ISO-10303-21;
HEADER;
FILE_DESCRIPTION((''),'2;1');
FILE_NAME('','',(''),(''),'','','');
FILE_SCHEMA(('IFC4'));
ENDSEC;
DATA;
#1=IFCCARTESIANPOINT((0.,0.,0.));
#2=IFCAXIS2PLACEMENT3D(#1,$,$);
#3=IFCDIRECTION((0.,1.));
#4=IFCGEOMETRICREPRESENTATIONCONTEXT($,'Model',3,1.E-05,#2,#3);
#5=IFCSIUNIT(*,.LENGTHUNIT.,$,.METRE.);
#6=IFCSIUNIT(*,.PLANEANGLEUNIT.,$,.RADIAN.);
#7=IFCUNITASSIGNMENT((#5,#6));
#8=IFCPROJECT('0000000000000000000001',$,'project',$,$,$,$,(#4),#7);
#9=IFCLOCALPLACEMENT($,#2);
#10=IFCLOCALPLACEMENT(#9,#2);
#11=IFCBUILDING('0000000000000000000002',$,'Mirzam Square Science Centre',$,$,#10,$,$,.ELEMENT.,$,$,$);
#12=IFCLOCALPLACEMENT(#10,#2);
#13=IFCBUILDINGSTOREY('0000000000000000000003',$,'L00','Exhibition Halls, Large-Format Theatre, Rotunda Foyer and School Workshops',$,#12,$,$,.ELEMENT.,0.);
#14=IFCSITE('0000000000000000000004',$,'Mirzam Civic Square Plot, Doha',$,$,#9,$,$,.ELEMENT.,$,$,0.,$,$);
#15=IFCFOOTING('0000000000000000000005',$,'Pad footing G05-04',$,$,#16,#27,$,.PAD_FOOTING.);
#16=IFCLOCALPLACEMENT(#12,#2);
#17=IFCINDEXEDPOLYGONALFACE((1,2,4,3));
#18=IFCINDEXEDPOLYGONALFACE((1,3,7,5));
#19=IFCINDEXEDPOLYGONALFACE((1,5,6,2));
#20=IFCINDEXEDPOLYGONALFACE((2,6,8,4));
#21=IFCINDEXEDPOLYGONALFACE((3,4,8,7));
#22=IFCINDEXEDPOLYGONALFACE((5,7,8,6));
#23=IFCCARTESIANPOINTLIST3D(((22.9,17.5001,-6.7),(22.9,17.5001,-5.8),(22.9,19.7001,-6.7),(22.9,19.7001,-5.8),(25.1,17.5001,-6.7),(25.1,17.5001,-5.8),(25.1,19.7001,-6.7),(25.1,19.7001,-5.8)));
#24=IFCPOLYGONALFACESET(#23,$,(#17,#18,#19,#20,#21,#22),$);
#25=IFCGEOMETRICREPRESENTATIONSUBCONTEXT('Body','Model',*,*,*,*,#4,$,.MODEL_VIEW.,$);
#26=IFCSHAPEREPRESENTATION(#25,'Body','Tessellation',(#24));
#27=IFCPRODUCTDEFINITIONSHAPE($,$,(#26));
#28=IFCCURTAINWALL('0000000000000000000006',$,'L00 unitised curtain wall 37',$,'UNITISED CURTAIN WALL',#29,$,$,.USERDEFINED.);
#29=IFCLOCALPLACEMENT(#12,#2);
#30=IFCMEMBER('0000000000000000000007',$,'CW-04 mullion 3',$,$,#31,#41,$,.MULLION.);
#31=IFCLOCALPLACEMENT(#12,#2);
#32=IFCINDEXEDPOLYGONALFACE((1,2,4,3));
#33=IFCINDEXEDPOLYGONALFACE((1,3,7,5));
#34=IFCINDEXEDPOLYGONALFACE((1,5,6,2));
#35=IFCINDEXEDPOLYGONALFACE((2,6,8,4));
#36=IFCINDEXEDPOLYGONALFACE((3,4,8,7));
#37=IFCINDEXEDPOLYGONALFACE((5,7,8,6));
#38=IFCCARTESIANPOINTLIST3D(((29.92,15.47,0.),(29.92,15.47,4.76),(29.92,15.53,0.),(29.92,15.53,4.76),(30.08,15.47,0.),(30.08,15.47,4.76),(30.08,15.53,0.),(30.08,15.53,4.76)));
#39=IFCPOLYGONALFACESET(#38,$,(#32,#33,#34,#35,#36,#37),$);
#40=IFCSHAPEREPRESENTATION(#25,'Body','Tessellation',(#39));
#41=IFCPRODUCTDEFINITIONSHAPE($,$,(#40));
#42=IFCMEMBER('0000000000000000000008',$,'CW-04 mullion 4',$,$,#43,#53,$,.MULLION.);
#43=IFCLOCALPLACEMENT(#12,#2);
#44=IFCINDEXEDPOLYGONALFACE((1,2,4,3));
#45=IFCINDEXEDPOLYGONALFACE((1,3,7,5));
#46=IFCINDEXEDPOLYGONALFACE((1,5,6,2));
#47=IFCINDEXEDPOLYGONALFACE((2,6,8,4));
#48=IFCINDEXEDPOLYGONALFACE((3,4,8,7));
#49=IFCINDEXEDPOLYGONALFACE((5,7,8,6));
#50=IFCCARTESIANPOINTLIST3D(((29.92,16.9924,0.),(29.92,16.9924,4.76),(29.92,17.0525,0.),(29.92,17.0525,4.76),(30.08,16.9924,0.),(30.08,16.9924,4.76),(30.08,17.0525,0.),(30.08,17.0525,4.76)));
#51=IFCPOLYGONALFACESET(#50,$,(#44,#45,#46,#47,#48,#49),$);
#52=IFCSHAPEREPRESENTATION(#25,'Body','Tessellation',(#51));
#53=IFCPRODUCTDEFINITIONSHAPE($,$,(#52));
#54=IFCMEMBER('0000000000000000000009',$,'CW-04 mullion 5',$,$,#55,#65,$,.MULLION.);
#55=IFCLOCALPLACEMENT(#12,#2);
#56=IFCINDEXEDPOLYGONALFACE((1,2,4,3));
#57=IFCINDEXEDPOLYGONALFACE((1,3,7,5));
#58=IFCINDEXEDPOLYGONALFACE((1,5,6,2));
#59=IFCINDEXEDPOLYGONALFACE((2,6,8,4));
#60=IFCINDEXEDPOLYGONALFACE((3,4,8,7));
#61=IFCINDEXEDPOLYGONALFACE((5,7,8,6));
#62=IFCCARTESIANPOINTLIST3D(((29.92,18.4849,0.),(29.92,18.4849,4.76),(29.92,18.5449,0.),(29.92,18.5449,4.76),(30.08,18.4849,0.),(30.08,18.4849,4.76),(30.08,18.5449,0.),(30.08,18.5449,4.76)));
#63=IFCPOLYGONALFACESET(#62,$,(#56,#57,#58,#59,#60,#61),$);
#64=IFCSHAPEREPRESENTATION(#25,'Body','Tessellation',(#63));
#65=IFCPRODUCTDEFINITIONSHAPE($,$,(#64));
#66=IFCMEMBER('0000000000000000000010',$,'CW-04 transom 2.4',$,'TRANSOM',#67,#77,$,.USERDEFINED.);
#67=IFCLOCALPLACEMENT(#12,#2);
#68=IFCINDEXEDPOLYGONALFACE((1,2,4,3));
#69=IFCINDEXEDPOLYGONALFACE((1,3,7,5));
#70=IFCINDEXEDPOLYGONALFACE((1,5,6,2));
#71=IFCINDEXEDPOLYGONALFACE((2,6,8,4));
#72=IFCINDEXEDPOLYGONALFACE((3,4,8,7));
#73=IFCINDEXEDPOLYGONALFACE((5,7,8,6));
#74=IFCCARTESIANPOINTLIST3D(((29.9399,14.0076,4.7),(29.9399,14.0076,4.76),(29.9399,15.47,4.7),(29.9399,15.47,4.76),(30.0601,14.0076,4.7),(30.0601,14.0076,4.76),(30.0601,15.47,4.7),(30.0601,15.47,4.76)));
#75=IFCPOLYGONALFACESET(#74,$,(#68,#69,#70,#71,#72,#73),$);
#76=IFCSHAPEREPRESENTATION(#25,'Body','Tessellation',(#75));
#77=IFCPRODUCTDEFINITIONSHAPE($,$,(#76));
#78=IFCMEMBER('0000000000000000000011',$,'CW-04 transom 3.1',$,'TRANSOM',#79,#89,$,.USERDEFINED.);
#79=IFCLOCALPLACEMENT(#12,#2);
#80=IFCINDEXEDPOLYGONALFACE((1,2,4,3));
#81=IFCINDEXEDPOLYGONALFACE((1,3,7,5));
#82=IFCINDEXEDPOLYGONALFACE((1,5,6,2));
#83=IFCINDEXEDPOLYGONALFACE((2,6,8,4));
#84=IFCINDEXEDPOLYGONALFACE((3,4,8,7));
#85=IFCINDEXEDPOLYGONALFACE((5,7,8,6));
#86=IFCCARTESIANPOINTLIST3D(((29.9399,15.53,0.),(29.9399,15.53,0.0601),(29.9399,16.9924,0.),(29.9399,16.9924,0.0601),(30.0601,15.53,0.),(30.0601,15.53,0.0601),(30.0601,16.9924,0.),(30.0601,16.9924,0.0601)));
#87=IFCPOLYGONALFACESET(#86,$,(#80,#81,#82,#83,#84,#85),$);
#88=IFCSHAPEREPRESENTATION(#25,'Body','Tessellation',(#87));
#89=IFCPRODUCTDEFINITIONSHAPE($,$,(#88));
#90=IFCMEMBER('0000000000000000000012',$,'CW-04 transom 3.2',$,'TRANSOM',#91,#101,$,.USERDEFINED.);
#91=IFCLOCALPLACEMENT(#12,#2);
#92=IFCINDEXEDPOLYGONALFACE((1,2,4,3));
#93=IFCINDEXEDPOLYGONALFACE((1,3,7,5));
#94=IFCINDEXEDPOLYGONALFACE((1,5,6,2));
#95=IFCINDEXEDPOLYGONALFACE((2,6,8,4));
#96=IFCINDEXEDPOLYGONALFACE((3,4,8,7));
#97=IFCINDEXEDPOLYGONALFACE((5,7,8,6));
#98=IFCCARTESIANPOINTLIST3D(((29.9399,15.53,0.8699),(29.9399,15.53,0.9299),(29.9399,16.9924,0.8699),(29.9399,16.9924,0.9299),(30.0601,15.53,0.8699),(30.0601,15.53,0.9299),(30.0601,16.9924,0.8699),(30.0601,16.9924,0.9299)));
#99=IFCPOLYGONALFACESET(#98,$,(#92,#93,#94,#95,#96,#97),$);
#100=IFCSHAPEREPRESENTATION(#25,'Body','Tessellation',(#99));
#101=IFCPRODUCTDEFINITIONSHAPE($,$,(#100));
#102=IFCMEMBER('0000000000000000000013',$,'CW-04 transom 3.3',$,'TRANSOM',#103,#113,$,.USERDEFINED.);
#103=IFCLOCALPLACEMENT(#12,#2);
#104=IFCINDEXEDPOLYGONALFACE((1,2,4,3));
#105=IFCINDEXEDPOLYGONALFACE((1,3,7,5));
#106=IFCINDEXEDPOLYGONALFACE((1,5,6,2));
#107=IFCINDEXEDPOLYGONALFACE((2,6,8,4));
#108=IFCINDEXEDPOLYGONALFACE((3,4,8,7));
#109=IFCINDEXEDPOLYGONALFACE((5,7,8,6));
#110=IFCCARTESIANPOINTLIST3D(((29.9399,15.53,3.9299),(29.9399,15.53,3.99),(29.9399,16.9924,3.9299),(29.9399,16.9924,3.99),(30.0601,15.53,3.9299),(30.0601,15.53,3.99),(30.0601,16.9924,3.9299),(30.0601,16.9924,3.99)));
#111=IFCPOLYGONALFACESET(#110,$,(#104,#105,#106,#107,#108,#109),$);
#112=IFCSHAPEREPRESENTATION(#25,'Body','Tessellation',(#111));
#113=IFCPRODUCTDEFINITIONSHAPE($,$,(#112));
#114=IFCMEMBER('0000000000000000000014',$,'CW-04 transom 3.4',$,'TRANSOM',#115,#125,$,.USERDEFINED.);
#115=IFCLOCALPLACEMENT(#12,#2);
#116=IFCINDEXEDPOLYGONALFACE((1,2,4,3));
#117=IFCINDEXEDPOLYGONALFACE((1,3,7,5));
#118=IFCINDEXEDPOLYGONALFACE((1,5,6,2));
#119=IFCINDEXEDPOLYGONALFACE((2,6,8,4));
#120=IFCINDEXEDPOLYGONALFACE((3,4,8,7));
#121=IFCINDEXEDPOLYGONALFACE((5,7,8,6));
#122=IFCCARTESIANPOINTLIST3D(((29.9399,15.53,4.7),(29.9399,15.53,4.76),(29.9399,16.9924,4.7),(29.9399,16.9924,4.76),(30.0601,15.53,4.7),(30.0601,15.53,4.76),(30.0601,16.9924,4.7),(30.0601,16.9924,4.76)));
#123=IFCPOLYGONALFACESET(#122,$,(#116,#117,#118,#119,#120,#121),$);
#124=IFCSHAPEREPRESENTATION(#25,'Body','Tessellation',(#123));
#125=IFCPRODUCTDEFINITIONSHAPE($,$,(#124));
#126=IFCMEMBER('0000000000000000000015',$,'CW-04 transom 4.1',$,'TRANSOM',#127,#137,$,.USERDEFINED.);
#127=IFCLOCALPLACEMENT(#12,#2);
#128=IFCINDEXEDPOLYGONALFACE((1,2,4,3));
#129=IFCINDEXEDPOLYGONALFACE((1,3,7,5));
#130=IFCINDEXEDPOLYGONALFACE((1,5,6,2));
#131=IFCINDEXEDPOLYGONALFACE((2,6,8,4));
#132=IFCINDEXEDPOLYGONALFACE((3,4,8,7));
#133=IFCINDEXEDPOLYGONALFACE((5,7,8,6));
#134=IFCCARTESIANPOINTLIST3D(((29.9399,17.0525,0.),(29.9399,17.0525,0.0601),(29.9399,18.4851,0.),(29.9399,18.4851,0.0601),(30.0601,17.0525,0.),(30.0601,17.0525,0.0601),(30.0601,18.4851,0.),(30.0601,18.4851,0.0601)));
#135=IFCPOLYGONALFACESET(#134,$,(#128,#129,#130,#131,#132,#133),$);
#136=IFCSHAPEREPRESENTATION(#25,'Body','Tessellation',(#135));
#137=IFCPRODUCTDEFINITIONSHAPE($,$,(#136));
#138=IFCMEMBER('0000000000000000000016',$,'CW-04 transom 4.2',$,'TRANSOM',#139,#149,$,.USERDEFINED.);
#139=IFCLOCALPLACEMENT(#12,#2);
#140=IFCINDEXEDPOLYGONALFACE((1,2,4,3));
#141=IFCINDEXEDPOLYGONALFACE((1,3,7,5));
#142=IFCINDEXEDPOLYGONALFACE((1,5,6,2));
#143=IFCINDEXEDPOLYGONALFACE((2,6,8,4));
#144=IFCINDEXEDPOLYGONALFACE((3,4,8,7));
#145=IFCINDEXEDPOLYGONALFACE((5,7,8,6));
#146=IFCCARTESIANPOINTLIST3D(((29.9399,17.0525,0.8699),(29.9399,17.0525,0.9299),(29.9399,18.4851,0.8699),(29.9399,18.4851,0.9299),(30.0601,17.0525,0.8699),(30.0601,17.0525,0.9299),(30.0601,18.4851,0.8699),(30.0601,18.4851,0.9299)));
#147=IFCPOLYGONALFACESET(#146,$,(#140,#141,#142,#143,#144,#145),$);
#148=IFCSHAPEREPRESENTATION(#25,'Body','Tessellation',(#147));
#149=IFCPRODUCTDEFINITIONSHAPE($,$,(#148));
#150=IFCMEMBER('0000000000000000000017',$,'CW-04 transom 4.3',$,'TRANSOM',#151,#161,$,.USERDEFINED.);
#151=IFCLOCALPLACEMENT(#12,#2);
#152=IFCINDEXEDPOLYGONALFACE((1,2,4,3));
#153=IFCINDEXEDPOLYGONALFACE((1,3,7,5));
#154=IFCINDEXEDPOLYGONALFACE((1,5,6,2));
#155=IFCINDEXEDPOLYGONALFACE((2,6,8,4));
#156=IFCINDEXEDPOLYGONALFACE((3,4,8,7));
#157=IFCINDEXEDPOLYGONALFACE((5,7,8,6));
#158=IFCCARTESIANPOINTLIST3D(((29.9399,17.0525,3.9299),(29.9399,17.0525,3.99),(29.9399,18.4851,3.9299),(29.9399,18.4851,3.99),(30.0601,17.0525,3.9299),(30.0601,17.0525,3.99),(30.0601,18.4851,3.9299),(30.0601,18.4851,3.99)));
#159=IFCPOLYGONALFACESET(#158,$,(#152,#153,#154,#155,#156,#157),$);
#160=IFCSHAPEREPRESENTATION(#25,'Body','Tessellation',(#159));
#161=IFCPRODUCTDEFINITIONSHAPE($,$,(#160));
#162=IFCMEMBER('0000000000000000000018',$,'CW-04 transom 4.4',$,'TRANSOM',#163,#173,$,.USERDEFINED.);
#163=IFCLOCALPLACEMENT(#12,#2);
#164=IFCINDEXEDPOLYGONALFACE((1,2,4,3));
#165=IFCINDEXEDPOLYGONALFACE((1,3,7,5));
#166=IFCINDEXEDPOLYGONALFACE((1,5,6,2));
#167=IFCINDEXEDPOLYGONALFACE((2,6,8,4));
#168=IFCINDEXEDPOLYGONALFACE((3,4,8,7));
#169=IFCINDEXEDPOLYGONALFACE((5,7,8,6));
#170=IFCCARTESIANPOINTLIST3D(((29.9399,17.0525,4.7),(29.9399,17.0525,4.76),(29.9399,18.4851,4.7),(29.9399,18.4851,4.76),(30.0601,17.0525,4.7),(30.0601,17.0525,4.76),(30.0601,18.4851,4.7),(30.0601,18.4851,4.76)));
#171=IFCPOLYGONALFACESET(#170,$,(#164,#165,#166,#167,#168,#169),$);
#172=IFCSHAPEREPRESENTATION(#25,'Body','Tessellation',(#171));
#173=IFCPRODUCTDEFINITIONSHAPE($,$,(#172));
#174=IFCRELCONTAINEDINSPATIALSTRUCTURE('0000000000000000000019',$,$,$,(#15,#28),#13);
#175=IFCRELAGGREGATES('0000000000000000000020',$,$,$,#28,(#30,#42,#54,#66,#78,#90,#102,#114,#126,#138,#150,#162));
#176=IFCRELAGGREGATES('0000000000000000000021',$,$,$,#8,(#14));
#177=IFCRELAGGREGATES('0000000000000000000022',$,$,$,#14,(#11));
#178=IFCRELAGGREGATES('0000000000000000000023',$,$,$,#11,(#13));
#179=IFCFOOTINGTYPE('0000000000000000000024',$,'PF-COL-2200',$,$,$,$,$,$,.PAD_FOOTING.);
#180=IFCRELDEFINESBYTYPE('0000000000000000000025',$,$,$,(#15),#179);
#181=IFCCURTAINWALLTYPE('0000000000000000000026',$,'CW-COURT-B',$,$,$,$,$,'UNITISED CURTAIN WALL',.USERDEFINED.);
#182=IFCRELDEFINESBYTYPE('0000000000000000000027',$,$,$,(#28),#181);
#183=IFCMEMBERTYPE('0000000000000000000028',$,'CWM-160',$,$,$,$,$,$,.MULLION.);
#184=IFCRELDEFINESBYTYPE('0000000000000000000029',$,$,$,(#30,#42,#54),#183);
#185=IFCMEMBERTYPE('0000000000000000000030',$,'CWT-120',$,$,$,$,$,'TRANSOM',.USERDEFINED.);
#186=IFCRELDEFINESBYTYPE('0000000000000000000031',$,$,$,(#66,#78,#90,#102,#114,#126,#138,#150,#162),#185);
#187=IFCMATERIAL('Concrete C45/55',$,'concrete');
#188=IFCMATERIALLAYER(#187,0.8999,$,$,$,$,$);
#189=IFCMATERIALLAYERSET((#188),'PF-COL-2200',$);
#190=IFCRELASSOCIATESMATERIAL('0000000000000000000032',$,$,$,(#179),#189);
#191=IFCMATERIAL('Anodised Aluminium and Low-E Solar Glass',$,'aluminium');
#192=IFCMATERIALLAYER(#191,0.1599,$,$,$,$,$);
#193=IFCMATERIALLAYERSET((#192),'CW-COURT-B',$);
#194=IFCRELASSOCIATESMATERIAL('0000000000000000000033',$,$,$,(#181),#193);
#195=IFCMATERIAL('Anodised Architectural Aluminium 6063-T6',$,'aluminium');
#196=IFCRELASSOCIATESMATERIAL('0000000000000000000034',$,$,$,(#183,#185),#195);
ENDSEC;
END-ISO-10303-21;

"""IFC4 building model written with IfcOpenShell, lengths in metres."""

from ifc_helpers import new_model, si_unit, direction, frame, origin, origin_2d, place, context, subcontext, project, spatial, rectangle, extrude, material, layer, layer_set, material_profile, profile_set, type_object, element, aggregate, save


model = new_model("IFC4")

# Units and contexts
model_context = context("Model", 3, precision=1e-05, world=origin(), true_north=direction((0.0, 1.0)))
body_context = subcontext(model_context, "Body", "Model", "MODEL_VIEW")
ifc_project = project(units=[si_unit("LENGTHUNIT", "METRE"), si_unit("PLANEANGLEUNIT", "RADIAN")], contexts=[model_context])

# Site, building, storey
site_placement = place(None, origin())
site = spatial("IfcSite", under=ifc_project, at=site_placement, Name="Mirzam Civic Square Plot, Doha", CompositionType="ELEMENT", RefElevation=0.0)
building_placement = place(site_placement, origin())
building = spatial("IfcBuilding", under=site, at=building_placement, Name="Mirzam Square Science Centre", CompositionType="ELEMENT")
storey_placement = place(building_placement, origin())
storey = spatial("IfcBuildingStorey", under=building, at=storey_placement, Name="L00", Description="Exhibition Halls, Large-Format Theatre, Rotunda Foyer and School Workshops", CompositionType="ELEMENT", Elevation=0.0)

# Footing
ifc_material_1 = material(Name="Concrete C45/55", Category="concrete")
ifc_layer_1 = layer(ifc_material_1, 0.8999)
ifc_layer_set_1 = layer_set([ifc_layer_1], Name="PF-COL-2200")
footing_type = type_object("IfcFootingType", Name="PF-COL-2200", PredefinedType="PAD_FOOTING", material=ifc_layer_set_1)
footing_placement = place(storey_placement, frame((24.0, 18.6001, -6.7), z_axis=(0.0, 0.0, 1.0), x_axis=(1.0, 0.0, 0.0)))
element("IfcFooting", 1, at=footing_placement, inside=storey, type_object=footing_type, Name="Pad footing G05-04", PredefinedType="PAD_FOOTING", context=body_context, shape_type="SweptSolid", body=[
    extrude(rectangle(XDim=2.2, YDim=2.2, at=origin_2d()), origin(), (0.0, 0.0, 1.0), 0.8999),
])

# Curtain wall, members
ifc_material_2 = material(Name="Anodised Aluminium and Low-E Solar Glass", Category="aluminium")
ifc_layer_2 = layer(ifc_material_2, 0.1599)
ifc_layer_set_2 = layer_set([ifc_layer_2], Name="CW-COURT-B")
curtain_wall_type = type_object("IfcCurtainWallType", Name="CW-COURT-B", ElementType="UNITISED CURTAIN WALL", PredefinedType="USERDEFINED", material=ifc_layer_set_2)
curtain_wall_placement = place(storey_placement, origin())
curtain_wall = element("IfcCurtainWall", 2, at=curtain_wall_placement, inside=storey, type_object=curtain_wall_type, Name="L00 unitised curtain wall 37", ObjectType="UNITISED CURTAIN WALL", PredefinedType="USERDEFINED")
ifc_material_3 = material(Name="Anodised Architectural Aluminium 6063-T6", Category="aluminium")
ifc_material_profile_1 = material_profile(ifc_material_3, rectangle(XDim=0.0601, YDim=0.1599, at=origin_2d()), Name="ALU-MULL-160x60x4")
ifc_profile_set_1 = profile_set([ifc_material_profile_1], Name="Anodised Architectural Aluminium 6063-T6")
member_type_1 = type_object("IfcMemberType", Name="CWM-160", PredefinedType="MULLION", material=ifc_profile_set_1)
member_1_placement = place(storey_placement, frame((30.0, 15.5, 0.0), z_axis=(0.0, 0.0, 1.0), x_axis=(0.0, 1.0, 0.0)))
member_1 = element("IfcMember", 3, at=member_1_placement, type_object=member_type_1, Name="CW-04 mullion 3", PredefinedType="MULLION", context=body_context, shape_type="SweptSolid", body=[
    extrude(rectangle(XDim=0.0601, YDim=0.1599, at=origin_2d()), origin(), (0.0, 0.0, 1.0), 4.76),
])
member_2_placement = place(storey_placement, frame((30.0, 17.0225, 0.0), z_axis=(0.0, 0.0, 1.0), x_axis=(0.0, 1.0, 0.0)))
member_2 = element("IfcMember", 4, at=member_2_placement, type_object=member_type_1, Name="CW-04 mullion 4", PredefinedType="MULLION", context=body_context, shape_type="SweptSolid", body=[
    extrude(rectangle(XDim=0.0601, YDim=0.1599, at=origin_2d()), origin(), (0.0, 0.0, 1.0), 4.76),
])
member_3_placement = place(storey_placement, frame((30.0, 18.5149, 0.0), z_axis=(0.0, 0.0, 1.0), x_axis=(0.0, 1.0, 0.0)))
member_3 = element("IfcMember", 5, at=member_3_placement, type_object=member_type_1, Name="CW-04 mullion 5", PredefinedType="MULLION", context=body_context, shape_type="SweptSolid", body=[
    extrude(rectangle(XDim=0.0601, YDim=0.1599, at=origin_2d()), origin(), (0.0, 0.0, 1.0), 4.76),
])
ifc_material_profile_2 = material_profile(ifc_material_3, rectangle(XDim=0.1201, YDim=0.0601, at=origin_2d()), Name="ALU-TRAN-120x60x4")
ifc_profile_set_2 = profile_set([ifc_material_profile_2], Name="Anodised Architectural Aluminium 6063-T6")
member_type_2 = type_object("IfcMemberType", Name="CWT-120", ElementType="TRANSOM", PredefinedType="USERDEFINED", material=ifc_profile_set_2)
member_4_placement = place(storey_placement, frame((30.0, 14.0076, 4.73), z_axis=(0.0, 1.0, 0.0), x_axis=(-1.0, 0.0, 0.0)))
member_4 = element("IfcMember", 6, at=member_4_placement, type_object=member_type_2, Name="CW-04 transom 2.4", ObjectType="TRANSOM", PredefinedType="USERDEFINED", context=body_context, shape_type="SweptSolid", body=[
    extrude(rectangle(XDim=0.1201, YDim=0.0601, at=origin_2d()), origin(), (0.0, 0.0, 1.0), 1.4624),
])
member_5_placement = place(storey_placement, frame((30.0, 15.53, 0.03), z_axis=(0.0, 1.0, 0.0), x_axis=(-1.0, 0.0, 0.0)))
member_5 = element("IfcMember", 7, at=member_5_placement, type_object=member_type_2, Name="CW-04 transom 3.1", ObjectType="TRANSOM", PredefinedType="USERDEFINED", context=body_context, shape_type="SweptSolid", body=[
    extrude(rectangle(XDim=0.1201, YDim=0.0601, at=origin_2d()), origin(), (0.0, 0.0, 1.0), 1.4624),
])
member_6_placement = place(storey_placement, frame((30.0, 15.53, 0.8999), z_axis=(0.0, 1.0, 0.0), x_axis=(-1.0, 0.0, 0.0)))
member_6 = element("IfcMember", 8, at=member_6_placement, type_object=member_type_2, Name="CW-04 transom 3.2", ObjectType="TRANSOM", PredefinedType="USERDEFINED", context=body_context, shape_type="SweptSolid", body=[
    extrude(rectangle(XDim=0.1201, YDim=0.0601, at=origin_2d()), origin(), (0.0, 0.0, 1.0), 1.4624),
])
member_7_placement = place(storey_placement, frame((30.0, 15.53, 3.96), z_axis=(0.0, 1.0, 0.0), x_axis=(-1.0, 0.0, 0.0)))
member_7 = element("IfcMember", 9, at=member_7_placement, type_object=member_type_2, Name="CW-04 transom 3.3", ObjectType="TRANSOM", PredefinedType="USERDEFINED", context=body_context, shape_type="SweptSolid", body=[
    extrude(rectangle(XDim=0.1201, YDim=0.0601, at=origin_2d()), origin(), (0.0, 0.0, 1.0), 1.4624),
])
member_8_placement = place(storey_placement, frame((30.0, 15.53, 4.73), z_axis=(0.0, 1.0, 0.0), x_axis=(-1.0, 0.0, 0.0)))
member_8 = element("IfcMember", 10, at=member_8_placement, type_object=member_type_2, Name="CW-04 transom 3.4", ObjectType="TRANSOM", PredefinedType="USERDEFINED", context=body_context, shape_type="SweptSolid", body=[
    extrude(rectangle(XDim=0.1201, YDim=0.0601, at=origin_2d()), origin(), (0.0, 0.0, 1.0), 1.4624),
])
member_9_placement = place(storey_placement, frame((30.0, 17.0525, 0.03), z_axis=(0.0, 1.0, 0.0), x_axis=(-1.0, 0.0, 0.0)))
member_9 = element("IfcMember", 11, at=member_9_placement, type_object=member_type_2, Name="CW-04 transom 4.1", ObjectType="TRANSOM", PredefinedType="USERDEFINED", context=body_context, shape_type="SweptSolid", body=[
    extrude(rectangle(XDim=0.1201, YDim=0.0601, at=origin_2d()), origin(), (0.0, 0.0, 1.0), 1.4326),
])
member_10_placement = place(storey_placement, frame((30.0, 17.0525, 0.8999), z_axis=(0.0, 1.0, 0.0), x_axis=(-1.0, 0.0, 0.0)))
member_10 = element("IfcMember", 12, at=member_10_placement, type_object=member_type_2, Name="CW-04 transom 4.2", ObjectType="TRANSOM", PredefinedType="USERDEFINED", context=body_context, shape_type="SweptSolid", body=[
    extrude(rectangle(XDim=0.1201, YDim=0.0601, at=origin_2d()), origin(), (0.0, 0.0, 1.0), 1.4326),
])
member_11_placement = place(storey_placement, frame((30.0, 17.0525, 3.96), z_axis=(0.0, 1.0, 0.0), x_axis=(-1.0, 0.0, 0.0)))
member_11 = element("IfcMember", 13, at=member_11_placement, type_object=member_type_2, Name="CW-04 transom 4.3", ObjectType="TRANSOM", PredefinedType="USERDEFINED", context=body_context, shape_type="SweptSolid", body=[
    extrude(rectangle(XDim=0.1201, YDim=0.0601, at=origin_2d()), origin(), (0.0, 0.0, 1.0), 1.4326),
])
member_12_placement = place(storey_placement, frame((30.0, 17.0525, 4.73), z_axis=(0.0, 1.0, 0.0), x_axis=(-1.0, 0.0, 0.0)))
member_12 = element("IfcMember", 14, at=member_12_placement, type_object=member_type_2, Name="CW-04 transom 4.4", ObjectType="TRANSOM", PredefinedType="USERDEFINED", context=body_context, shape_type="SweptSolid", body=[
    extrude(rectangle(XDim=0.1201, YDim=0.0601, at=origin_2d()), origin(), (0.0, 0.0, 1.0), 1.4326),
])

aggregate(curtain_wall, [member_1, member_2, member_3, member_4, member_5, member_6, member_7, member_8, member_9, member_10, member_11, member_12])

save(model, "model.ifc")
